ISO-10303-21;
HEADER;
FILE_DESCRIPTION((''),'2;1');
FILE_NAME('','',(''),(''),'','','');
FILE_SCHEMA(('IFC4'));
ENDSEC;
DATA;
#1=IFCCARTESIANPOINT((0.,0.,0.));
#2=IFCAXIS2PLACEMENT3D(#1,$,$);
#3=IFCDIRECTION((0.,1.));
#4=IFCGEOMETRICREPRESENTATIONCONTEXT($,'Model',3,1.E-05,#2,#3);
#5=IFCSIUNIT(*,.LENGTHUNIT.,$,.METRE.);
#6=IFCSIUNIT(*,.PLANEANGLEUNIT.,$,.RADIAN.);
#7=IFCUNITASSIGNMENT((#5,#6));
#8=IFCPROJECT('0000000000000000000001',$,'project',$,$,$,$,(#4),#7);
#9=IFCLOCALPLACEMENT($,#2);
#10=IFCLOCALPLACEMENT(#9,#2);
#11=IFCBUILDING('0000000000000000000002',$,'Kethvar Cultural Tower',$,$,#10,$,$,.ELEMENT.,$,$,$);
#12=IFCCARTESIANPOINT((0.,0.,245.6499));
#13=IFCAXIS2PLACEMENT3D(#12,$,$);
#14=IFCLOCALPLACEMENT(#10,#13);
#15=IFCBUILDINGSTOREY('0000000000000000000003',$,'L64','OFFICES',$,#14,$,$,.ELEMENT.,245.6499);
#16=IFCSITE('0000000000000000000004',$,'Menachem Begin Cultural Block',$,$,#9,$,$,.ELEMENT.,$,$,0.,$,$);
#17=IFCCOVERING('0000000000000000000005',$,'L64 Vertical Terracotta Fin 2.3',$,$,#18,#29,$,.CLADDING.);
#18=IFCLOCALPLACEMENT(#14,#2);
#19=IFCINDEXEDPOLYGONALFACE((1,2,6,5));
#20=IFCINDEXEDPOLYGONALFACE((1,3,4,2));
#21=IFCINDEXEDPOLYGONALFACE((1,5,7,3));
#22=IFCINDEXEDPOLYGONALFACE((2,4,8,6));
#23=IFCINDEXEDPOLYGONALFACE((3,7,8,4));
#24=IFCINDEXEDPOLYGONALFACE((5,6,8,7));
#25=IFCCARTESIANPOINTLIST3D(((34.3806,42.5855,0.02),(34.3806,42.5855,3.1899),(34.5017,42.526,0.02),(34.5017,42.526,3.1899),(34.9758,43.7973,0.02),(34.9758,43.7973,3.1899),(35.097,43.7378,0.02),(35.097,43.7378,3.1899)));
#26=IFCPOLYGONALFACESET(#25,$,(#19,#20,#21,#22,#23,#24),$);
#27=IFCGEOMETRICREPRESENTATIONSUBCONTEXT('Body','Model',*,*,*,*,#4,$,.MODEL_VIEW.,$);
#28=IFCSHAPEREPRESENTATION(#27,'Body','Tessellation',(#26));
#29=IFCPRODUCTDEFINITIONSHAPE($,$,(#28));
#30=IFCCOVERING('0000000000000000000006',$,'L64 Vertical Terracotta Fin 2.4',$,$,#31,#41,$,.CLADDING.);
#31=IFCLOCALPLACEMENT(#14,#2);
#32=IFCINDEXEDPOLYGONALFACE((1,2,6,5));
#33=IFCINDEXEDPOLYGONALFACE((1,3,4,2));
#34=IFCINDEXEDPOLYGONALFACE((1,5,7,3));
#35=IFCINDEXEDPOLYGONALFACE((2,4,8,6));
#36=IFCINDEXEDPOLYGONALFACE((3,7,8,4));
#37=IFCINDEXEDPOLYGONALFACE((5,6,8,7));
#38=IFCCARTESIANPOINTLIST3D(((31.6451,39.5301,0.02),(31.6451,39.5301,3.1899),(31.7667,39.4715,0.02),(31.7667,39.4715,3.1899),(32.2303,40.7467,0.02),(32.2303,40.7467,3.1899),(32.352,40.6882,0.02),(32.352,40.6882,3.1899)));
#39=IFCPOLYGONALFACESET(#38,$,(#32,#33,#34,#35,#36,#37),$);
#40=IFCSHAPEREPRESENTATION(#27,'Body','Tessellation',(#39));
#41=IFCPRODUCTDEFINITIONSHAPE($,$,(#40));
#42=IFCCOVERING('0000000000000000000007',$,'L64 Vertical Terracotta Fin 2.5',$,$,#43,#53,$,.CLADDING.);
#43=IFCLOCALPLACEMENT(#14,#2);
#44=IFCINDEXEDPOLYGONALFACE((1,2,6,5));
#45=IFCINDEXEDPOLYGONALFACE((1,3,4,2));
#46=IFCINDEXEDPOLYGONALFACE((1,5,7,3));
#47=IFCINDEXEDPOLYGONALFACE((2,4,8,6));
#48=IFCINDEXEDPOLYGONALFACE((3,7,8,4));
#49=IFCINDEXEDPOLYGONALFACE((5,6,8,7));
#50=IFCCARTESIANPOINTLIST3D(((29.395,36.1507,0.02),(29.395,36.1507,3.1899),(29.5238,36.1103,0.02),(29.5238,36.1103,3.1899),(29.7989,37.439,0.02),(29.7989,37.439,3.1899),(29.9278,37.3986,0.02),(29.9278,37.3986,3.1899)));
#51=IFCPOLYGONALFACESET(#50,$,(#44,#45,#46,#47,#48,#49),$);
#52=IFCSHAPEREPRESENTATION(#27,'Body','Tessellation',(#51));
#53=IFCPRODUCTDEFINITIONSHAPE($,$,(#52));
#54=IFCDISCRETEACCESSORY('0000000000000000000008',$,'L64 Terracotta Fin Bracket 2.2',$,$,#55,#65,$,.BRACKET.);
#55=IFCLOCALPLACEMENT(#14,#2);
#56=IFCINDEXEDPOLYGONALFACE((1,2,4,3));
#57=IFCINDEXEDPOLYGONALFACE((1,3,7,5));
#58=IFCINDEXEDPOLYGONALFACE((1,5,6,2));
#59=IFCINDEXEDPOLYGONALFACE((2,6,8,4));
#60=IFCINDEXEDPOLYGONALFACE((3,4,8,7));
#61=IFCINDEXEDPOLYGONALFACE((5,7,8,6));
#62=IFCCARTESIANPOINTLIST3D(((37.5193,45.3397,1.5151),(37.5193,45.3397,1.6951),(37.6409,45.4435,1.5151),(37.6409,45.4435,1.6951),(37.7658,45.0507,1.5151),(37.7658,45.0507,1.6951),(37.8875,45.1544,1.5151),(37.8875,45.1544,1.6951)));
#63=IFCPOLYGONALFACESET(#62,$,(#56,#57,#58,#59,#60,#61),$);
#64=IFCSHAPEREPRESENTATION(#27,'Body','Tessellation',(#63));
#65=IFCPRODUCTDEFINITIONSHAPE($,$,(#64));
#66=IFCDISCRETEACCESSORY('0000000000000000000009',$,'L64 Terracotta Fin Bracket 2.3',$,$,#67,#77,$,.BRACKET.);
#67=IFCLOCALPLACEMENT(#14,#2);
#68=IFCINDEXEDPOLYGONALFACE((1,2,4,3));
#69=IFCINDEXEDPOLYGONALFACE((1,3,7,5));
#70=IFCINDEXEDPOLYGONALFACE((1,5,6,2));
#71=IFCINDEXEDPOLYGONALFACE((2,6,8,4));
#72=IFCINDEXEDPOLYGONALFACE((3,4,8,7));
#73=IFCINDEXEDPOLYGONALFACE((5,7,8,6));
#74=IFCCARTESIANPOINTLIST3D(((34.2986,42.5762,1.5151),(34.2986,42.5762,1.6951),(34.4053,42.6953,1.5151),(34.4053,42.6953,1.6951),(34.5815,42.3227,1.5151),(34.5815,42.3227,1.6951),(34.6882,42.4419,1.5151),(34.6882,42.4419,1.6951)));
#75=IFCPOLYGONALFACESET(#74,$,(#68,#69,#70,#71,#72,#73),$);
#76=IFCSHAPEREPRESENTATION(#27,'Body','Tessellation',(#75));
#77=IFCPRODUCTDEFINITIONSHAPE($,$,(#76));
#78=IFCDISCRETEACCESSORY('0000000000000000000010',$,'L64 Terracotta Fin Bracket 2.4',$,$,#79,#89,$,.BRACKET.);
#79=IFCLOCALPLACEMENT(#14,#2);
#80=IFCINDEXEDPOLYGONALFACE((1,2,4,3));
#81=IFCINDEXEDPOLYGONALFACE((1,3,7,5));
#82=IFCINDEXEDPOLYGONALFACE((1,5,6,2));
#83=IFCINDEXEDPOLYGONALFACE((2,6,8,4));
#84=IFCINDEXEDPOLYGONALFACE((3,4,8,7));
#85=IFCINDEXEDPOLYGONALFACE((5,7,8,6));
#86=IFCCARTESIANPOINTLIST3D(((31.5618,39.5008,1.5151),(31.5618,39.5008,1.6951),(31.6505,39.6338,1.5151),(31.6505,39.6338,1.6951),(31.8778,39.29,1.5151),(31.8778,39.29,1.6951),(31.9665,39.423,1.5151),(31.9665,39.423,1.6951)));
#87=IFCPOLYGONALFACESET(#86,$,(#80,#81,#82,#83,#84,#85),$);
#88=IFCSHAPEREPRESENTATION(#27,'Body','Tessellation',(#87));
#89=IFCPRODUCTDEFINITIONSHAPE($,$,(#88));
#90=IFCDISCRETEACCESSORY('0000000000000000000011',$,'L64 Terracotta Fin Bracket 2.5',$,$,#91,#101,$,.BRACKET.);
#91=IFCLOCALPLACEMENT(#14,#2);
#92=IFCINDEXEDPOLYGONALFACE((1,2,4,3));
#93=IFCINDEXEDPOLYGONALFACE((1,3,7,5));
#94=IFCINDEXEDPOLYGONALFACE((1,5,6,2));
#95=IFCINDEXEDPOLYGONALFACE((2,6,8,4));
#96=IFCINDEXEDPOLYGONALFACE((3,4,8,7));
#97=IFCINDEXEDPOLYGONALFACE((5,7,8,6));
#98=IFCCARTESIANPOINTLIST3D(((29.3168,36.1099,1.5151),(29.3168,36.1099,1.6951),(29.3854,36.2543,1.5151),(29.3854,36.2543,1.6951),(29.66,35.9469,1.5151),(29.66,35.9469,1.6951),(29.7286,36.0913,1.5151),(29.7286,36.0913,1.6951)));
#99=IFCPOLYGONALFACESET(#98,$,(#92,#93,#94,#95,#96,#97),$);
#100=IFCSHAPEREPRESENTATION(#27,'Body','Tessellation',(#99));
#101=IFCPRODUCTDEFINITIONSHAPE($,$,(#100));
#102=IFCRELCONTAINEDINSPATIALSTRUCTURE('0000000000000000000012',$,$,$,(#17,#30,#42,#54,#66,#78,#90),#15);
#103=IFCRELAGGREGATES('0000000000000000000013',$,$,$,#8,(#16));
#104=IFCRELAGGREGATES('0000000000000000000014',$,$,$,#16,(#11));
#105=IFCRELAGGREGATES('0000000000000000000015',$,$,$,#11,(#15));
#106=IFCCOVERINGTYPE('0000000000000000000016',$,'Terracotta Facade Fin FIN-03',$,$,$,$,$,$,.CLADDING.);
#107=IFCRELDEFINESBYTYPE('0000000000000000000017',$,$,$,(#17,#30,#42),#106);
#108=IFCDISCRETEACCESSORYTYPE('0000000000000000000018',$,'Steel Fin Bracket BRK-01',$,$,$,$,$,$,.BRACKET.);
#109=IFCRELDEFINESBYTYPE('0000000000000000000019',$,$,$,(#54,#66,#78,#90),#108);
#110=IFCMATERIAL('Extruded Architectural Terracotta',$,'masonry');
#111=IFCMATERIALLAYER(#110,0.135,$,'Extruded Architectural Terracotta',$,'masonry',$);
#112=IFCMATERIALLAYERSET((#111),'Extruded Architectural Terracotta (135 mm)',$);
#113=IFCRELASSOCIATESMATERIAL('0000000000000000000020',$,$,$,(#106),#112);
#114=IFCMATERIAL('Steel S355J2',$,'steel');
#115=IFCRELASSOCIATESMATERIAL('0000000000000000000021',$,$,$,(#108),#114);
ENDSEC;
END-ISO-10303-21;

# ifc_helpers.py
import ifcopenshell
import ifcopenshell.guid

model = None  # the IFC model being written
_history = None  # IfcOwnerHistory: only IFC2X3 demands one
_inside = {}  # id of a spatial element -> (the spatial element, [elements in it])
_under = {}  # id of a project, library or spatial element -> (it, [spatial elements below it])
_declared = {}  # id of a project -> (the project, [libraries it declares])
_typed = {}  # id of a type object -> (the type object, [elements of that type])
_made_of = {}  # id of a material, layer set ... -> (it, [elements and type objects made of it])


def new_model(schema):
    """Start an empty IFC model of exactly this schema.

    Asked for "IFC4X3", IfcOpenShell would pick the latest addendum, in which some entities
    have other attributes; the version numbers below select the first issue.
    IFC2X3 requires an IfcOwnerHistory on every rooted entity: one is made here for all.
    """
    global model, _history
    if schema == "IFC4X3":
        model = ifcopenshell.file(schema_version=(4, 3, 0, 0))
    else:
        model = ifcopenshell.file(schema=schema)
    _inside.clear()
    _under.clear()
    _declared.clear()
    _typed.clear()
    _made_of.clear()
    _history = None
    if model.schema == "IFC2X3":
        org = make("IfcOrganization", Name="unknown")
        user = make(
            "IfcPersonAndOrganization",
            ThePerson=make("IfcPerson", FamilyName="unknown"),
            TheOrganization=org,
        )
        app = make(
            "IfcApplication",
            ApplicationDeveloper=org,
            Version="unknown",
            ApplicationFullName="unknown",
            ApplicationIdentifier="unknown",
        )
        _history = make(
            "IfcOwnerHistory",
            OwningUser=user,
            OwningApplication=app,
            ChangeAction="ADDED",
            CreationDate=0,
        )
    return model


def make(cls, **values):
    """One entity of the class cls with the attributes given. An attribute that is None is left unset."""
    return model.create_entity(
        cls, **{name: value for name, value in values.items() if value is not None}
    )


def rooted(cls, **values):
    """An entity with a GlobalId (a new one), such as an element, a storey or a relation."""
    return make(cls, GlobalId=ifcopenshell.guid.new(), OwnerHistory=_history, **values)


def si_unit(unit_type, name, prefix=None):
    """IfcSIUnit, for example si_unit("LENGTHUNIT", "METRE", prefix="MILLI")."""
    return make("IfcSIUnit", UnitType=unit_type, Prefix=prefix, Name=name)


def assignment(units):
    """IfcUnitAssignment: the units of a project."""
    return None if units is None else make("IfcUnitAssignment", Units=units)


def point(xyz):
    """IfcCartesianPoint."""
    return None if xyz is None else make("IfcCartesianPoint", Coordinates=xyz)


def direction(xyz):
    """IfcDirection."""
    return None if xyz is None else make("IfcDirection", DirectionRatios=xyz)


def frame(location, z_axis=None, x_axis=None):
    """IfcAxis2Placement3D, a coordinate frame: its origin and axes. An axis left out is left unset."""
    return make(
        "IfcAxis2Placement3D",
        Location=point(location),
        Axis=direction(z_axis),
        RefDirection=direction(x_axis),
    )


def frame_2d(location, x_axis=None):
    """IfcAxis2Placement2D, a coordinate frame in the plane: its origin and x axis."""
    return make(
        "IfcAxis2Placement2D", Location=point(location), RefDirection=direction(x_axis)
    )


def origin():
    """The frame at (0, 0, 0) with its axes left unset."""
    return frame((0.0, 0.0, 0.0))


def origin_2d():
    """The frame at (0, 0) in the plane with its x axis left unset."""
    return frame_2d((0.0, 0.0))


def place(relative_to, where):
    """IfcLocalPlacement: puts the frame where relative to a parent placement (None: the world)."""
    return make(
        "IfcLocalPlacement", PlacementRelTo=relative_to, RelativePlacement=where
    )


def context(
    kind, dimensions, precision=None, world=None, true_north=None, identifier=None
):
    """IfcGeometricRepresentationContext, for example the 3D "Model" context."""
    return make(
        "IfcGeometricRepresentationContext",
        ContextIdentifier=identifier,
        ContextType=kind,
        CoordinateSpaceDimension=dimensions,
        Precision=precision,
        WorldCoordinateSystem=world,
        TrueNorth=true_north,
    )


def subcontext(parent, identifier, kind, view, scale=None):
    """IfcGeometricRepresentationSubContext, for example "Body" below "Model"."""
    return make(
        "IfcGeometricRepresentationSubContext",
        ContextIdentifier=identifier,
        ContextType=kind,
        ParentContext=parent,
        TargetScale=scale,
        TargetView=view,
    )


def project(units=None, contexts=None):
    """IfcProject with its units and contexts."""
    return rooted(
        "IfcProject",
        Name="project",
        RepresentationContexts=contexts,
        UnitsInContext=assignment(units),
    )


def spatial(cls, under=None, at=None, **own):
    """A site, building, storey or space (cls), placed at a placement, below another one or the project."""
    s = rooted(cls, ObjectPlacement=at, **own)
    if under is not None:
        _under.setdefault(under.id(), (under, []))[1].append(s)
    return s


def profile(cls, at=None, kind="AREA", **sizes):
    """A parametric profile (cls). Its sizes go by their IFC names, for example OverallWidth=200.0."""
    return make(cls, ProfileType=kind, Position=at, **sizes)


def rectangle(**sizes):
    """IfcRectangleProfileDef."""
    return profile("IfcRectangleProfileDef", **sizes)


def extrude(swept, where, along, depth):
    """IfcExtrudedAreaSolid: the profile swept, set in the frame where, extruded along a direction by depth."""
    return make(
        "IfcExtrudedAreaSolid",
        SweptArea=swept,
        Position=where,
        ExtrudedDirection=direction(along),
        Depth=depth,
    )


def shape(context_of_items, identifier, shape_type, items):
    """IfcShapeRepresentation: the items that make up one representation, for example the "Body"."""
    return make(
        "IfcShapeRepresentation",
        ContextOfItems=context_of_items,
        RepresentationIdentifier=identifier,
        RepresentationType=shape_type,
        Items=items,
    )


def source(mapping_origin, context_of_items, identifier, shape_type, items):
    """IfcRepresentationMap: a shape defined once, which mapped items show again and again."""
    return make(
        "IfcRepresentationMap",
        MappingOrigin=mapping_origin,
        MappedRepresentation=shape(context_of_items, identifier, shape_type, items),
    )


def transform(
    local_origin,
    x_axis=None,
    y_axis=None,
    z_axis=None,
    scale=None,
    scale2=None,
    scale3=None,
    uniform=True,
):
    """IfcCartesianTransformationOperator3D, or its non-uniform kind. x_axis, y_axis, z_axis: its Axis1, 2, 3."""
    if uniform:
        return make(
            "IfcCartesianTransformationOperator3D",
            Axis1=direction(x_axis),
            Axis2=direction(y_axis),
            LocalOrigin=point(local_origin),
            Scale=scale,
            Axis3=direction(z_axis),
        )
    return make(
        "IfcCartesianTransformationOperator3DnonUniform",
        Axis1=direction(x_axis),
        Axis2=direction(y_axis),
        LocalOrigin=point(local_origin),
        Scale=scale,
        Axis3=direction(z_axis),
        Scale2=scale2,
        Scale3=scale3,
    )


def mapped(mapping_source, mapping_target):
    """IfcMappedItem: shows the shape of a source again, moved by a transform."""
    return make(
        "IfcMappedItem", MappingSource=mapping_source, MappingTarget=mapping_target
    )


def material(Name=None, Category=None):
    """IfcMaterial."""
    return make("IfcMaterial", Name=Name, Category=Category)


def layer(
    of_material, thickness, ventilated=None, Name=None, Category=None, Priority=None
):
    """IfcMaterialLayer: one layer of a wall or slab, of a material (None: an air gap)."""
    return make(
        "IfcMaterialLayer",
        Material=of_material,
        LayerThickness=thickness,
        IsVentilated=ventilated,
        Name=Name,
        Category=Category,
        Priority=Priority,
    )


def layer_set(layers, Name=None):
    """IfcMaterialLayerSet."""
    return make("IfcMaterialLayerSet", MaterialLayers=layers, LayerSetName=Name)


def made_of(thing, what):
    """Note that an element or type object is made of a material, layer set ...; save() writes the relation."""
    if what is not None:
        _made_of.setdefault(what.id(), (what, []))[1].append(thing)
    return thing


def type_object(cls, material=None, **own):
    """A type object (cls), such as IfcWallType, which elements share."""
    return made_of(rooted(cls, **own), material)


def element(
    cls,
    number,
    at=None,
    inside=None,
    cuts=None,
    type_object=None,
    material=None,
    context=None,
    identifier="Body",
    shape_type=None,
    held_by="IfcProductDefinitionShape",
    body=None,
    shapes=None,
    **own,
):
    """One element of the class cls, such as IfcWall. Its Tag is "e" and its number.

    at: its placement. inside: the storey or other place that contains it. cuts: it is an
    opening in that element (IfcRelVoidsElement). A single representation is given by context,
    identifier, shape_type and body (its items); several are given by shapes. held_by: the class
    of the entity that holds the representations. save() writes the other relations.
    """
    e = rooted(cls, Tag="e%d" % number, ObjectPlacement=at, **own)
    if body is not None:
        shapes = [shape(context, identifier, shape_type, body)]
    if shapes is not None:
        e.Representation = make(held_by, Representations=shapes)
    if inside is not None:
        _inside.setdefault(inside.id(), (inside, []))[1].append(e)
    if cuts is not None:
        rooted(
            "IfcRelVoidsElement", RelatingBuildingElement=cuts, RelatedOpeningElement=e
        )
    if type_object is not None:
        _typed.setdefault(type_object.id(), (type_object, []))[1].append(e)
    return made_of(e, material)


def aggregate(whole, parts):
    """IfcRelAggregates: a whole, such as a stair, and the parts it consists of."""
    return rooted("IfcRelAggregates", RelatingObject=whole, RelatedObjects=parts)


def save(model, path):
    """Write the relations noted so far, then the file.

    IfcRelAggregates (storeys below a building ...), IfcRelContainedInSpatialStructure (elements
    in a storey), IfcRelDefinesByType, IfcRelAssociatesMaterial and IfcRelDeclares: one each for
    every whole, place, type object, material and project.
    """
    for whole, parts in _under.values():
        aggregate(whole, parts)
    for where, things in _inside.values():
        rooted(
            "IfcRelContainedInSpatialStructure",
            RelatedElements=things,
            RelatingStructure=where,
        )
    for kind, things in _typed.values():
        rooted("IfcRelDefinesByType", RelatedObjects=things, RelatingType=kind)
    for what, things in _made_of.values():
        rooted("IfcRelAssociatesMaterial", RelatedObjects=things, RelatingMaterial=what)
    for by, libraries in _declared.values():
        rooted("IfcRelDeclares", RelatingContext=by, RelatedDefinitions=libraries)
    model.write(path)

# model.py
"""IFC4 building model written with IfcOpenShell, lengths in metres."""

from ifc_helpers import new_model, si_unit, direction, frame, origin, origin_2d, place, context, subcontext, project, spatial, rectangle, extrude, source, transform, mapped, material, layer, layer_set, type_object, element, save


model = new_model("IFC4")

# Units and contexts
model_context = context("Model", 3, precision=1e-05, world=origin(), true_north=direction((0.0, 1.0)))
body_context = subcontext(model_context, "Body", "Model", "MODEL_VIEW")
ifc_project = project(units=[si_unit("LENGTHUNIT", "METRE"), si_unit("PLANEANGLEUNIT", "RADIAN")], contexts=[model_context])

# Site, building, storey
site_placement = place(None, origin())
site = spatial("IfcSite", under=ifc_project, at=site_placement, Name="Menachem Begin Cultural Block", CompositionType="ELEMENT", RefElevation=0.0)
building_placement = place(site_placement, origin())
building = spatial("IfcBuilding", under=site, at=building_placement, Name="Kethvar Cultural Tower", CompositionType="ELEMENT")
storey_placement = place(building_placement, frame((0.0, 0.0, 245.6499)))
storey = spatial("IfcBuildingStorey", under=building, at=storey_placement, Name="L64", Description="OFFICES", CompositionType="ELEMENT", Elevation=245.6499)

# Shared definitions
ifc_material_1 = material(Name="Steel S355J2", Category="steel")

# Coverings
ifc_material_2 = material(Name="Extruded Architectural Terracotta", Category="masonry")
ifc_layer_1 = layer(ifc_material_2, 0.135, Name="Extruded Architectural Terracotta", Category="masonry")
ifc_layer_set_1 = layer_set([ifc_layer_1], Name="Extruded Architectural Terracotta (135 mm)")
covering_type = type_object("IfcCoveringType", Name="Terracotta Facade Fin FIN-03", PredefinedType="CLADDING", material=ifc_layer_set_1)
shared_shape_1 = source(origin(), body_context, "Body", "SweptSolid", [
    extrude(rectangle(XDim=1.3501, YDim=0.135, at=origin_2d()), origin(), (0.0, 0.0, 1.0), 3.1699),
])
for number, where, z_axis, x_axis, name in (
    (1, (34.7388, 43.1616, 0.02), (0.0, 0.0, 1.0), (0.440879, 0.897566, 0.0), "L64 Vertical Terracotta Fin 2.3"),
    (2, (31.9985, 40.1091, 0.02), (0.0, 0.0, 1.0), (0.433502, 0.901153, 0.0), "L64 Vertical Terracotta Fin 2.4"),
    (3, (29.6614, 36.7747, 0.02), (0.0, 0.0, 1.0), (0.299207, 0.954188, 0.0), "L64 Vertical Terracotta Fin 2.5"),
):
    element("IfcCovering", number, at=place(storey_placement, frame(where, z_axis=z_axis, x_axis=x_axis)), inside=storey, type_object=covering_type, Name=name, PredefinedType="CLADDING", context=body_context, shape_type="MappedRepresentation", body=[
        mapped(shared_shape_1, transform((0.0, 0.0, 0.0), scale=1.0)),
    ])

# Discrete accessories
discrete_accessory_type = type_object("IfcDiscreteAccessoryType", Name="Steel Fin Bracket BRK-01", PredefinedType="BRACKET", material=ifc_material_1)
shared_shape_2 = source(origin(), body_context, "Body", "SweptSolid", [
    extrude(rectangle(XDim=0.3799, YDim=0.1599, at=origin_2d()), origin(), (0.0, 0.0, 1.0), 0.1799),
])
for number, where, z_axis, x_axis, name in (
    (4, (37.7034, 45.2471, 1.5151), (0.0, 0.0, 1.0), (-0.648917, 0.760859, 0.0), "L64 Terracotta Fin Bracket 2.2"),
    (5, (34.4934, 42.509, 1.5151), (0.0, 0.0, 1.0), (-0.744894, 0.667183, 0.0), "L64 Terracotta Fin Bracket 2.3"),
    (6, (31.7642, 39.4619, 1.5151), (0.0, 0.0, 1.0), (-0.831954, 0.554844, 0.0), "L64 Terracotta Fin Bracket 2.4"),
    (7, (29.5227, 36.1006, 1.5151), (0.0, 0.0, 1.0), (-0.90326, 0.429093, 0.0), "L64 Terracotta Fin Bracket 2.5"),
):
    element("IfcDiscreteAccessory", number, at=place(storey_placement, frame(where, z_axis=z_axis, x_axis=x_axis)), inside=storey, type_object=discrete_accessory_type, Name=name, PredefinedType="BRACKET", context=body_context, shape_type="MappedRepresentation", body=[
        mapped(shared_shape_2, transform((0.0, 0.0, 0.0), scale=1.0)),
    ])

save(model, "model.ifc")
